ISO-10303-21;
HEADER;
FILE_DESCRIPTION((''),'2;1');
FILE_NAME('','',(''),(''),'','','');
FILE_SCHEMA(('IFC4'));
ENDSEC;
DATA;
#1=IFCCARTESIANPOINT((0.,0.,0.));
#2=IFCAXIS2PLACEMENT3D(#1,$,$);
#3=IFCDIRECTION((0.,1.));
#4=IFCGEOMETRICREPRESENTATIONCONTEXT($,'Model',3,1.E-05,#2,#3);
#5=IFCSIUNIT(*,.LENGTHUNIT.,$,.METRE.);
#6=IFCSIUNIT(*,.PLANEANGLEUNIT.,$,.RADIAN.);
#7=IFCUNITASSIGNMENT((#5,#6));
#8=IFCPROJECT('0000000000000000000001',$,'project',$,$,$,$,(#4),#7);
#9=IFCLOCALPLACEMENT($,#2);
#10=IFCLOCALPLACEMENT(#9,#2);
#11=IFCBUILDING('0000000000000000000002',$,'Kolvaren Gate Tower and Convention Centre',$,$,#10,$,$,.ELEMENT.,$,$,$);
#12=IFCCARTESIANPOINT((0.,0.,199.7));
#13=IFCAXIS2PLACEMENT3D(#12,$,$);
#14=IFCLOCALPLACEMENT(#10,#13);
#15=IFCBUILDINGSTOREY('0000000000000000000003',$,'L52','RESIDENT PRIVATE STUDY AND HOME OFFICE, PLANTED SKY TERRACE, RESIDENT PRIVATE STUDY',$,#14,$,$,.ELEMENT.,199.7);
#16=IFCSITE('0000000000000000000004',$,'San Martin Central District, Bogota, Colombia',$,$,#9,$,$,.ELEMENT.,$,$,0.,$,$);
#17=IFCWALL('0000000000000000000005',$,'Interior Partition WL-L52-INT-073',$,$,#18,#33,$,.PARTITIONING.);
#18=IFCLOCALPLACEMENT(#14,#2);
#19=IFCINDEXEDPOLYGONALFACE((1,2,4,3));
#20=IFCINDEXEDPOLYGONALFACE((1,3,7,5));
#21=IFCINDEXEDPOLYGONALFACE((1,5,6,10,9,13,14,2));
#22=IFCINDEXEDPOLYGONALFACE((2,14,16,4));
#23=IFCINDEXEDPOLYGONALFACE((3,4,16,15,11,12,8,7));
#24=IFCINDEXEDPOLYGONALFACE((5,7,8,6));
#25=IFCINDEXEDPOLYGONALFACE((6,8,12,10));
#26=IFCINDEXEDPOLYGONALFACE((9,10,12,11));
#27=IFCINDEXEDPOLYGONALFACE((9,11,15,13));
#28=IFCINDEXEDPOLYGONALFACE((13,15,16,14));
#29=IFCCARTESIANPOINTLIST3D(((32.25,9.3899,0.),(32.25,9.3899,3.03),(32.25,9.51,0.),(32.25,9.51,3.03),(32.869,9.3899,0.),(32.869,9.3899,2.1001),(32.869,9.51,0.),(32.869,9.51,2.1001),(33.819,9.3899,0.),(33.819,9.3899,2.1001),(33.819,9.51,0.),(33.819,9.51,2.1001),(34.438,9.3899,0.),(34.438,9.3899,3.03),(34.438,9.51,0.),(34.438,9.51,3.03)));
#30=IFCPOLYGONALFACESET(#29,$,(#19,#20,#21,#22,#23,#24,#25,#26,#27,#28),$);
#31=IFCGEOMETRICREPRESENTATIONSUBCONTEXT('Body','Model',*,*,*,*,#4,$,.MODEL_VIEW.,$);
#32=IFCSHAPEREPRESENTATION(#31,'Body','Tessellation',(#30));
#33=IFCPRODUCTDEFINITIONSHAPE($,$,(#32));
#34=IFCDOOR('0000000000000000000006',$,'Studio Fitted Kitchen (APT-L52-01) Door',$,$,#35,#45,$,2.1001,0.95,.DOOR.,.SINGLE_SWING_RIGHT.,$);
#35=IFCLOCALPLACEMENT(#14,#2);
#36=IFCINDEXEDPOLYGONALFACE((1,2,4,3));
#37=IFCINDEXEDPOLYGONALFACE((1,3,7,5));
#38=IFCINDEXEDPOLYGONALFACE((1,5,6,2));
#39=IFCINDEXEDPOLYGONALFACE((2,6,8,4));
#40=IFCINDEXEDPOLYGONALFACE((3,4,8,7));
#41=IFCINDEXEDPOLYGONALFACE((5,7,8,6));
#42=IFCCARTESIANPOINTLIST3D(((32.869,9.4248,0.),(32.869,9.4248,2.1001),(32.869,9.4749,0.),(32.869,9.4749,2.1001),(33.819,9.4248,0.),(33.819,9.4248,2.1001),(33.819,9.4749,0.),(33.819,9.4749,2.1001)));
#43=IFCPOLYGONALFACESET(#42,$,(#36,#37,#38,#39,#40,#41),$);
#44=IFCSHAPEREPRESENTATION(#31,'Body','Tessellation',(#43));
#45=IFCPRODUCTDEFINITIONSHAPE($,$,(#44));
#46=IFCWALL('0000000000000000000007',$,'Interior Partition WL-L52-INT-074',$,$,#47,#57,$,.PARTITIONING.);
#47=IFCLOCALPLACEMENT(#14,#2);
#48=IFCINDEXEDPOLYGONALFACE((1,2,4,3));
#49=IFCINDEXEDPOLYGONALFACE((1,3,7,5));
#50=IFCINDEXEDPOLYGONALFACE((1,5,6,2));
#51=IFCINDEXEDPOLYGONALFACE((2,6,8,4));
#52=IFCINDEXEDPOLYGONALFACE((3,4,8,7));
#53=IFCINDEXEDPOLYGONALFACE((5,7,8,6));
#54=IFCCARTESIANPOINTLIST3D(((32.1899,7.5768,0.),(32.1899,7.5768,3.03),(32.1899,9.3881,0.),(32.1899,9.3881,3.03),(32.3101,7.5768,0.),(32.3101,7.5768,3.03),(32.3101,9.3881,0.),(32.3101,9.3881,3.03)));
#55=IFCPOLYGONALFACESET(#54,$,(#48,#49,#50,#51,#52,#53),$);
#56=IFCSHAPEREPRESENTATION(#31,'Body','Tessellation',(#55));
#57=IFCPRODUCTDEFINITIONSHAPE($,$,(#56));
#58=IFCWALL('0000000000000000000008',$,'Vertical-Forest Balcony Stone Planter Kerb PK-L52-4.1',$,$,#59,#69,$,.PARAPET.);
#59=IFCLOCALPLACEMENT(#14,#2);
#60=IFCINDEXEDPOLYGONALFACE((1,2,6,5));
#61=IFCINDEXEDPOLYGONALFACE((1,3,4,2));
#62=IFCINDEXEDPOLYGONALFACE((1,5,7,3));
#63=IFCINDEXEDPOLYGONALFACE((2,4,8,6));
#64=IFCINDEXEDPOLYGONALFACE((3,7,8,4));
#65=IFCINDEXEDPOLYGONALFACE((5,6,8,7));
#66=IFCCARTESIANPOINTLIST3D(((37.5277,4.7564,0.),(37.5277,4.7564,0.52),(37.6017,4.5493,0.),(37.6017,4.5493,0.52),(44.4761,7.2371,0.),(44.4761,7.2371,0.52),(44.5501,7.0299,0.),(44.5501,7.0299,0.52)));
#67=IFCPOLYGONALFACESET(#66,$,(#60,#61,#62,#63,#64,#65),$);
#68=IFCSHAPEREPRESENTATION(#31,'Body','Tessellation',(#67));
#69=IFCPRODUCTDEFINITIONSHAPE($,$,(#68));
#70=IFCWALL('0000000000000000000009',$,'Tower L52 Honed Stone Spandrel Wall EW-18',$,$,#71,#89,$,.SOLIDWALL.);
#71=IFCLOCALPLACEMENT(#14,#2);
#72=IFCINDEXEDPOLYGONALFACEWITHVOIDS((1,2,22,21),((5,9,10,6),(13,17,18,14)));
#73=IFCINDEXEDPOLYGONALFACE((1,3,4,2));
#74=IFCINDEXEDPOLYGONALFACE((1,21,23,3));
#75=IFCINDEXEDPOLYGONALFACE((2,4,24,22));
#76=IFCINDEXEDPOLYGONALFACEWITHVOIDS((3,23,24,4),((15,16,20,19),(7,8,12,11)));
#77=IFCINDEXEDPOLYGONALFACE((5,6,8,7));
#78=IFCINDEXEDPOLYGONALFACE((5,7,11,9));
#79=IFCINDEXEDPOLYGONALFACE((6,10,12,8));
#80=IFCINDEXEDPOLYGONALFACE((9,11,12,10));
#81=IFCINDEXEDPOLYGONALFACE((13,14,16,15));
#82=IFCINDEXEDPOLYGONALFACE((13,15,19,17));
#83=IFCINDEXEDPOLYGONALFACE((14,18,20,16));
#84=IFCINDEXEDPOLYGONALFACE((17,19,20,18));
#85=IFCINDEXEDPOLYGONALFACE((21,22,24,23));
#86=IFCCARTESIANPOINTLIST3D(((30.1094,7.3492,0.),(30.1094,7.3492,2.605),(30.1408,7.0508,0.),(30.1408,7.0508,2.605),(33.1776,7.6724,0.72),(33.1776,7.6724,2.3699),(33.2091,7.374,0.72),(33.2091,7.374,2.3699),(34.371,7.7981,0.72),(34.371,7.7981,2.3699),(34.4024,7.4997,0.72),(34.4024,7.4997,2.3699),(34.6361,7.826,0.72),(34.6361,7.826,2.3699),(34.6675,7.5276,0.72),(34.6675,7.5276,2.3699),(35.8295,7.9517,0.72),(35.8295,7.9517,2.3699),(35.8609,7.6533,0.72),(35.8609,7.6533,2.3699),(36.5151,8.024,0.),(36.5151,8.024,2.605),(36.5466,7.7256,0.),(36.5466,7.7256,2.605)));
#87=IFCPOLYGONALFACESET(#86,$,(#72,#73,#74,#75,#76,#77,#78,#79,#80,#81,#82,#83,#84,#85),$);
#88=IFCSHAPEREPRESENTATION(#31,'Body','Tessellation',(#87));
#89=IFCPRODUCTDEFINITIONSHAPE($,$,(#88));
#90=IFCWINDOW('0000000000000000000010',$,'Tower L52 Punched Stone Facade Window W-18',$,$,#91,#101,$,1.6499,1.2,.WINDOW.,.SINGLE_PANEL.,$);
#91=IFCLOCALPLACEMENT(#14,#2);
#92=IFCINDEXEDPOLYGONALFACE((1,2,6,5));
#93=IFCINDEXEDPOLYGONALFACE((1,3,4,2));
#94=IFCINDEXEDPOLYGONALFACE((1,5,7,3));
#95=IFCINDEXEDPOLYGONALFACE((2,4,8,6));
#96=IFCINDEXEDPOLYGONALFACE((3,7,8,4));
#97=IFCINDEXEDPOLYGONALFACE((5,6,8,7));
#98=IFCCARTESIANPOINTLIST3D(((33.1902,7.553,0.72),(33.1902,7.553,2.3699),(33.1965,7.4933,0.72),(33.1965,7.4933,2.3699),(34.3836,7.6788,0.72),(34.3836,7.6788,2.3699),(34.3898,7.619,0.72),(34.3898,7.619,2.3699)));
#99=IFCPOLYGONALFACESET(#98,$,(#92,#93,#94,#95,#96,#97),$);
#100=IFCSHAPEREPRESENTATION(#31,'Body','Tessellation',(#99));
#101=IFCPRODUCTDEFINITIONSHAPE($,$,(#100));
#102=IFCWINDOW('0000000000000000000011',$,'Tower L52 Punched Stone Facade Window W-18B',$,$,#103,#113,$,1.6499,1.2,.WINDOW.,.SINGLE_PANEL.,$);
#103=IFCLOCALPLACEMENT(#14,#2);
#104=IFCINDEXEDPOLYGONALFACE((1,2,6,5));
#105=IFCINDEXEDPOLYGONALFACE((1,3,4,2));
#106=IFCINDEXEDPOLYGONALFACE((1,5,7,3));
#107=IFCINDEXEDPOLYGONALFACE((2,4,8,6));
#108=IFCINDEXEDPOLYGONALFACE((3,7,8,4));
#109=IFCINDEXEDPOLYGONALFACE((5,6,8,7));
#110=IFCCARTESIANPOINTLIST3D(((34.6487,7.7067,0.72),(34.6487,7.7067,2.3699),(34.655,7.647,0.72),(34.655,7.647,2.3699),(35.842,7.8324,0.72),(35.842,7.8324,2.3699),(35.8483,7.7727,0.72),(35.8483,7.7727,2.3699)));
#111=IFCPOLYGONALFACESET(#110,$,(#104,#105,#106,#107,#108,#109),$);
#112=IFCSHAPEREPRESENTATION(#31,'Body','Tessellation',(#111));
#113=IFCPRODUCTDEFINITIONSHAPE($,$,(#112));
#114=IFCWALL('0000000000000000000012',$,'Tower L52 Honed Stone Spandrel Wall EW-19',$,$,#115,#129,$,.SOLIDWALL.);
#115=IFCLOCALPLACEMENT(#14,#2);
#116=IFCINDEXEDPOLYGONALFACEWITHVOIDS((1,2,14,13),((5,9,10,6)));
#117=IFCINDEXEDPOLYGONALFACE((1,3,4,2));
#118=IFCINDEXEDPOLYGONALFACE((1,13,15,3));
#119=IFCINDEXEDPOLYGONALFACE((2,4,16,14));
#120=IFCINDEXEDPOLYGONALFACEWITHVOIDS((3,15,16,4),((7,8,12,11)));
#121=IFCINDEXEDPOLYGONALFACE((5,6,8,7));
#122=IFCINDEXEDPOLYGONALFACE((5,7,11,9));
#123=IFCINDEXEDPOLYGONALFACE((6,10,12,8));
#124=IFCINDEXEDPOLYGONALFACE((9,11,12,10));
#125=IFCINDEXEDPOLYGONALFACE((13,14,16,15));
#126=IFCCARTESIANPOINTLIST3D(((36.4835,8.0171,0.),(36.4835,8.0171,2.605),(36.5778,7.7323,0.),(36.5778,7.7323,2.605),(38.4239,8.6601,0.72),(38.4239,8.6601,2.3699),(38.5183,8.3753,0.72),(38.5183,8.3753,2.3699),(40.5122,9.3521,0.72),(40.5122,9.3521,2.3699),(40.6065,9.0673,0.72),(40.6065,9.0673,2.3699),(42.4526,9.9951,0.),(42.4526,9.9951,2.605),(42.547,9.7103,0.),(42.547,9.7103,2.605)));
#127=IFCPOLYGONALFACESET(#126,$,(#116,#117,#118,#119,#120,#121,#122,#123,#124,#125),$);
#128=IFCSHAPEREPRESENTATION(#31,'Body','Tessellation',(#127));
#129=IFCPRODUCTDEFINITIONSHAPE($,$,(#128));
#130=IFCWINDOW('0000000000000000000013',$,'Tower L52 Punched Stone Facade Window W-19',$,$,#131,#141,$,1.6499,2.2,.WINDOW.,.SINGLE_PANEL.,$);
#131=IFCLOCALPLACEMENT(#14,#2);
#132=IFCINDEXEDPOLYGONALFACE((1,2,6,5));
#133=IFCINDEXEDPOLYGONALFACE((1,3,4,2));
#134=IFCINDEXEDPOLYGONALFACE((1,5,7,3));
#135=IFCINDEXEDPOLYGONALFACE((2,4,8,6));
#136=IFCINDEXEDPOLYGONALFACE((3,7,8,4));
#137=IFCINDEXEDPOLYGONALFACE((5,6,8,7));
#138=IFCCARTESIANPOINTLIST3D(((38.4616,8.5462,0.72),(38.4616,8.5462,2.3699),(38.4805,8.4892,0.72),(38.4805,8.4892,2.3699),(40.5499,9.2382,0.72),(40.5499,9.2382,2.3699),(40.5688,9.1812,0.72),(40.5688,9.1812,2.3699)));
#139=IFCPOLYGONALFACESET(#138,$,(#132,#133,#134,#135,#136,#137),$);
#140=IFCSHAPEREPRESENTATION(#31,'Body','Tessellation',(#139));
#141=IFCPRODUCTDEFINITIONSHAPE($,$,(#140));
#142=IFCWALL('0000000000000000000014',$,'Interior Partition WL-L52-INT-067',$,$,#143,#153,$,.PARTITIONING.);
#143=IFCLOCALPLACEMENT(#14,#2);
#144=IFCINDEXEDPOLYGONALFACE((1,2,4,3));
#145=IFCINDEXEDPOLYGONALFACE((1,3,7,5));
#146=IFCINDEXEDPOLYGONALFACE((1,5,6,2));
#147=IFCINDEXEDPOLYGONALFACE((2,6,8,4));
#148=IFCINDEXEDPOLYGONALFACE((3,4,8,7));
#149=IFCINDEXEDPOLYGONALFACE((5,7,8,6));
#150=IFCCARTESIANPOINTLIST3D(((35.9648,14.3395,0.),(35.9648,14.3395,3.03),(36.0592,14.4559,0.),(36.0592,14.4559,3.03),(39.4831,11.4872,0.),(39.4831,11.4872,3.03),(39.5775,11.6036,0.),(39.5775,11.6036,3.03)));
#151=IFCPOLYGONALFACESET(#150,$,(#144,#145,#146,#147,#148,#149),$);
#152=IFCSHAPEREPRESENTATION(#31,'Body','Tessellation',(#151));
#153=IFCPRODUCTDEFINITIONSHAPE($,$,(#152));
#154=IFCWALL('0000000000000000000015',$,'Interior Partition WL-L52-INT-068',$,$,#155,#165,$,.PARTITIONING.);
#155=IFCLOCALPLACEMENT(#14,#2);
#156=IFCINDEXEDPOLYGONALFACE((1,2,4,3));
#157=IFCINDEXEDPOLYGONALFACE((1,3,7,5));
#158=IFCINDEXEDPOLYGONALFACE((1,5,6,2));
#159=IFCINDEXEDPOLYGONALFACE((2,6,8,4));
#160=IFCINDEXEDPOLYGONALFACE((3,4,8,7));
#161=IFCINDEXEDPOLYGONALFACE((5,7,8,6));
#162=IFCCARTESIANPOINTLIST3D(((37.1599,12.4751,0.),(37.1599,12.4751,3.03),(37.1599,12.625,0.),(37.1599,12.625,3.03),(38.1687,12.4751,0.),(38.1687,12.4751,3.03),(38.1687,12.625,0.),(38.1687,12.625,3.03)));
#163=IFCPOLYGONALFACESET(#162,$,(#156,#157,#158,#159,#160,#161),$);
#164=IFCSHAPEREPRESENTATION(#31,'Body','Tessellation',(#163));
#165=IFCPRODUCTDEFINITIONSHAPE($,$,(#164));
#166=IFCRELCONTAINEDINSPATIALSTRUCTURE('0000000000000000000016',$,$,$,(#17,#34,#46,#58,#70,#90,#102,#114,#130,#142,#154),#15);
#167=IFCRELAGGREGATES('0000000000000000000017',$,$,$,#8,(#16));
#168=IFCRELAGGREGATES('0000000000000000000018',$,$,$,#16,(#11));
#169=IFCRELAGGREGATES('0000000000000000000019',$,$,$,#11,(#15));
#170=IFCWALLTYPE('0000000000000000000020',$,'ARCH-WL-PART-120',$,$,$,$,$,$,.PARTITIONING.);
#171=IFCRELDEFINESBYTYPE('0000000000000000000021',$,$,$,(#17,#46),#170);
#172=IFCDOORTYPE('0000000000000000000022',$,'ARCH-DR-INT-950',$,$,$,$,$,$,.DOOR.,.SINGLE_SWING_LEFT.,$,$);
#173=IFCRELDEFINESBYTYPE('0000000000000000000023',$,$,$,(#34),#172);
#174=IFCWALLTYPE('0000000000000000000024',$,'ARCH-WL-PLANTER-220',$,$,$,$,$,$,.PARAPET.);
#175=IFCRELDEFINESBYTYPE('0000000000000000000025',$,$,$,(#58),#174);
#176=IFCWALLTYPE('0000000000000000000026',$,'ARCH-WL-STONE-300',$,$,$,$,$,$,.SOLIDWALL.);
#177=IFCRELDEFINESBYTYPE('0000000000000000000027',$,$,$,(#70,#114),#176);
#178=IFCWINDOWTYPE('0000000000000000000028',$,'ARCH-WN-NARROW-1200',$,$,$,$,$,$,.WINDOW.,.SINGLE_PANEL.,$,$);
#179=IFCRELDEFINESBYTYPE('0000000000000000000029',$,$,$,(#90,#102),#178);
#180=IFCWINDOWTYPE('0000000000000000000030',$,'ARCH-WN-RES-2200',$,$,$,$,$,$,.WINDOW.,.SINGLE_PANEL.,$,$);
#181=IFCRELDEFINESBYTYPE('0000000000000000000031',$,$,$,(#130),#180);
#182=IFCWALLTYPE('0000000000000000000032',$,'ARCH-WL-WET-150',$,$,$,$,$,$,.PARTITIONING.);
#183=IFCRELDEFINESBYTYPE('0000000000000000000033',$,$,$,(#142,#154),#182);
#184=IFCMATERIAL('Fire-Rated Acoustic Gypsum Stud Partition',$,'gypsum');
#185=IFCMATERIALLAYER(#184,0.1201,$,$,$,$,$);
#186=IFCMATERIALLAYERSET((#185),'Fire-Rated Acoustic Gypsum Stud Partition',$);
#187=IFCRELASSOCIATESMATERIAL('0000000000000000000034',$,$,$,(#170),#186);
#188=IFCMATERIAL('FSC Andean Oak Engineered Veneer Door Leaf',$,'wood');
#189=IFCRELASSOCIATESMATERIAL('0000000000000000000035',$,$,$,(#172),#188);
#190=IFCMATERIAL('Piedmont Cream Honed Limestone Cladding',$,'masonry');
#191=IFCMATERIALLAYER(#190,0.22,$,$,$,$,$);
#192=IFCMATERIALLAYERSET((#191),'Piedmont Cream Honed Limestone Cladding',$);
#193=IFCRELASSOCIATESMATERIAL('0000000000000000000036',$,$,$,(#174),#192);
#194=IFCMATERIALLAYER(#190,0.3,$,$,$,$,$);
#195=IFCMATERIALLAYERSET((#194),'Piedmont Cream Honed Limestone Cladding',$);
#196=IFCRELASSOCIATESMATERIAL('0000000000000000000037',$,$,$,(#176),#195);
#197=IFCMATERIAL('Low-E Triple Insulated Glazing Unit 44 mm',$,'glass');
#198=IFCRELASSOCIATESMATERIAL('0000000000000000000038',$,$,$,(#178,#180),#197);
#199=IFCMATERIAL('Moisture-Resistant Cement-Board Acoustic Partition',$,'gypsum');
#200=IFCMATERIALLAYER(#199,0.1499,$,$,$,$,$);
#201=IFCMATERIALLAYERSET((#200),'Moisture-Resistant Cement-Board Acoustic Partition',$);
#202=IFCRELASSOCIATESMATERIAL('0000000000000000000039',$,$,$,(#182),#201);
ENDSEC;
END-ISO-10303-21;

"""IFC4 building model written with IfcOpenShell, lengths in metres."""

from ifc_helpers import new_model, si_unit, direction, frame, frame_2d, origin, place, context, subcontext, project, spatial, rectangle, extrude, material, layer, layer_set, type_object, element, fill, save


model = new_model("IFC4")

# Units and contexts
model_context = context("Model", 3, precision=1e-05, world=origin(), true_north=direction((0.0, 1.0)))
body_context = subcontext(model_context, "Body", "Model", "MODEL_VIEW")
ifc_project = project(units=[si_unit("LENGTHUNIT", "METRE"), si_unit("PLANEANGLEUNIT", "RADIAN")], contexts=[model_context])

# Site, building, storey
site_placement = place(None, origin())
site = spatial("IfcSite", under=ifc_project, at=site_placement, Name="San Martin Central District, Bogota, Colombia", CompositionType="ELEMENT", RefElevation=0.0)
building_placement = place(site_placement, origin())
building = spatial("IfcBuilding", under=site, at=building_placement, Name="Kolvaren Gate Tower and Convention Centre", CompositionType="ELEMENT")
storey_placement = place(building_placement, frame((0.0, 0.0, 199.7)))
storey = spatial("IfcBuildingStorey", under=building, at=storey_placement, Name="L52", Description="RESIDENT PRIVATE STUDY AND HOME OFFICE, PLANTED SKY TERRACE, RESIDENT PRIVATE STUDY", CompositionType="ELEMENT", Elevation=199.7)

# Shared definitions
ifc_material_1 = material(Name="Fire-Rated Acoustic Gypsum Stud Partition", Category="gypsum")
ifc_layer_1 = layer(ifc_material_1, 0.1201)
ifc_layer_set_1 = layer_set([ifc_layer_1], Name="Fire-Rated Acoustic Gypsum Stud Partition")
wall_type_1 = type_object("IfcWallType", Name="ARCH-WL-PART-120", PredefinedType="PARTITIONING", material=ifc_layer_set_1)

# Wall, opening, door
wall_1_placement = place(storey_placement, frame((32.25, 9.45, 0.0), z_axis=(0.0, 0.0, 1.0), x_axis=(1.0, 0.0, 0.0)))
wall_1 = element("IfcWall", 1, at=wall_1_placement, inside=storey, type_object=wall_type_1, Name="Interior Partition WL-L52-INT-073", PredefinedType="PARTITIONING", context=body_context, shape_type="SweptSolid", body=[
    extrude(rectangle(XDim=2.188, YDim=0.1201, at=frame_2d((1.094, 0.0))), origin(), (0.0, 0.0, 1.0), 3.03),
])
opening_1_placement = place(wall_1_placement, frame((0.6189, 0.0, 0.0)))
opening_1 = element("IfcOpeningElement", 2, at=opening_1_placement, cuts=wall_1, PredefinedType="OPENING", context=body_context, shape_type="SweptSolid", body=[
    extrude(rectangle(XDim=0.95, YDim=2.1001, at=frame_2d((0.4751, 1.05))), frame((0.0, 0.0701, 0.0), z_axis=(0.0, -1.0, 0.0), x_axis=(1.0, 0.0, 0.0)), (0.0, 0.0, 1.0), 0.1401),
])
ifc_material_2 = material(Name="FSC Andean Oak Engineered Veneer Door Leaf", Category="wood")
door_type_1 = type_object("IfcDoorType", Name="ARCH-DR-INT-950", OperationType="SINGLE_SWING_LEFT", PredefinedType="DOOR", material=ifc_material_2)
door_1_placement = place(opening_1_placement, origin())
door_1 = element("IfcDoor", 3, at=door_1_placement, inside=storey, type_object=door_type_1, Name="Studio Fitted Kitchen (APT-L52-01) Door", OperationType="SINGLE_SWING_RIGHT", OverallHeight=2.1001, OverallWidth=0.95, PredefinedType="DOOR", context=body_context, shape_type="SweptSolid", body=[
    extrude(rectangle(XDim=0.95, YDim=2.1001, at=frame_2d((0.4751, 1.05))), frame((0.0, 0.0249, 0.0), z_axis=(0.0, -1.0, 0.0), x_axis=(1.0, 0.0, 0.0)), (0.0, 0.0, 1.0), 0.05),
])
fill(opening_1, door_1)

# Walls
wall_2_placement = place(storey_placement, frame((32.25, 7.5767, 0.0), z_axis=(0.0, 0.0, 1.0), x_axis=(0.0, 1.0, 0.0)))
element("IfcWall", 4, at=wall_2_placement, inside=storey, type_object=wall_type_1, Name="Interior Partition WL-L52-INT-074", PredefinedType="PARTITIONING", context=body_context, shape_type="SweptSolid", body=[
    extrude(rectangle(XDim=1.8113, YDim=0.1201, at=frame_2d((0.9058, 0.0))), origin(), (0.0, 0.0, 1.0), 3.03),
])
ifc_material_3 = material(Name="Piedmont Cream Honed Limestone Cladding", Category="masonry")
ifc_layer_2 = layer(ifc_material_3, 0.22)
ifc_layer_set_2 = layer_set([ifc_layer_2], Name="Piedmont Cream Honed Limestone Cladding")
wall_type_2 = type_object("IfcWallType", Name="ARCH-WL-PLANTER-220", PredefinedType="PARAPET", material=ifc_layer_set_2)
wall_3_placement = place(storey_placement, frame((37.5647, 4.6528, 0.0), z_axis=(0.0, 0.0, 1.0), x_axis=(0.94178, 0.336229, 0.0)))
element("IfcWall", 5, at=wall_3_placement, inside=storey, type_object=wall_type_2, Name="Vertical-Forest Balcony Stone Planter Kerb PK-L52-4.1", PredefinedType="PARAPET", context=body_context, shape_type="SweptSolid", body=[
    extrude(rectangle(XDim=7.3779, YDim=0.22, at=frame_2d((3.689, 0.0))), origin(), (0.0, 0.0, 1.0), 0.52),
])

# Wall, openings, windows
ifc_layer_3 = layer(ifc_material_3, 0.3)
ifc_layer_set_3 = layer_set([ifc_layer_3], Name="Piedmont Cream Honed Limestone Cladding")
wall_type_3 = type_object("IfcWallType", Name="ARCH-WL-STONE-300", PredefinedType="SOLIDWALL", material=ifc_layer_set_3)
wall_4_placement = place(storey_placement, frame((30.125, 7.2, 0.0), z_axis=(0.0, 0.0, 1.0), x_axis=(0.994497, 0.104764, 0.0)))
wall_4 = element("IfcWall", 6, at=wall_4_placement, inside=storey, type_object=wall_type_3, Name="Tower L52 Honed Stone Spandrel Wall EW-18", PredefinedType="SOLIDWALL", context=body_context, shape_type="SweptSolid", body=[
    extrude(rectangle(XDim=6.4412, YDim=0.3, at=frame_2d((3.2207, 0.0))), origin(), (0.0, 0.0, 1.0), 2.605),
])
opening_2_placement = place(wall_4_placement, frame((3.0852, 0.0, 0.72)))
opening_2 = element("IfcOpeningElement", 7, at=opening_2_placement, cuts=wall_4, PredefinedType="OPENING", context=body_context, shape_type="SweptSolid", body=[
    extrude(rectangle(XDim=1.2, YDim=1.6499, at=frame_2d((0.6001, 0.825))), frame((0.0, 0.1599, 0.0), z_axis=(0.0, -1.0, 0.0), x_axis=(1.0, 0.0, 0.0)), (0.0, 0.0, 1.0), 0.3201),
])
opening_3_placement = place(wall_4_placement, frame((4.5518, 0.0, 0.72)))
opening_3 = element("IfcOpeningElement", 8, at=opening_3_placement, cuts=wall_4, PredefinedType="OPENING", context=body_context, shape_type="SweptSolid", body=[
    extrude(rectangle(XDim=1.2, YDim=1.6499, at=frame_2d((0.6001, 0.825))), frame((0.0, 0.1599, 0.0), z_axis=(0.0, -1.0, 0.0), x_axis=(1.0, 0.0, 0.0)), (0.0, 0.0, 1.0), 0.3201),
])
ifc_material_4 = material(Name="Low-E Triple Insulated Glazing Unit 44 mm", Category="glass")
window_type_1 = type_object("IfcWindowType", Name="ARCH-WN-NARROW-1200", PartitioningType="SINGLE_PANEL", PredefinedType="WINDOW", material=ifc_material_4)
window_1_placement = place(opening_2_placement, origin())
window_1 = element("IfcWindow", 9, at=window_1_placement, inside=storey, type_object=window_type_1, Name="Tower L52 Punched Stone Facade Window W-18", OverallHeight=1.6499, OverallWidth=1.2, PartitioningType="SINGLE_PANEL", PredefinedType="WINDOW", context=body_context, shape_type="SweptSolid", body=[
    extrude(rectangle(XDim=1.2, YDim=1.6499, at=frame_2d((0.6001, 0.825))), frame((0.0, 0.03, 0.0), z_axis=(0.0, -1.0, 0.0), x_axis=(1.0, 0.0, 0.0)), (0.0, 0.0, 1.0), 0.0601),
])
fill(opening_2, window_1)
window_2_placement = place(opening_3_placement, origin())
window_2 = element("IfcWindow", 10, at=window_2_placement, inside=storey, type_object=window_type_1, Name="Tower L52 Punched Stone Facade Window W-18B", OverallHeight=1.6499, OverallWidth=1.2, PartitioningType="SINGLE_PANEL", PredefinedType="WINDOW", context=body_context, shape_type="SweptSolid", body=[
    extrude(rectangle(XDim=1.2, YDim=1.6499, at=frame_2d((0.6001, 0.825))), frame((0.0, 0.03, 0.0), z_axis=(0.0, -1.0, 0.0), x_axis=(1.0, 0.0, 0.0)), (0.0, 0.0, 1.0), 0.0601),
])
fill(opening_3, window_2)

# Wall, opening, window
wall_5_placement = place(storey_placement, frame((36.5308, 7.8748, 0.0), z_axis=(0.0, 0.0, 1.0), x_axis=(0.949241, 0.31455, 0.0)))
wall_5 = element("IfcWall", 11, at=wall_5_placement, inside=storey, type_object=wall_type_3, Name="Tower L52 Honed Stone Spandrel Wall EW-19", PredefinedType="SOLIDWALL", context=body_context, shape_type="SweptSolid", body=[
    extrude(rectangle(XDim=6.2883, YDim=0.3, at=frame_2d((3.144, 0.0))), origin(), (0.0, 0.0, 1.0), 2.605),
])
opening_4_placement = place(wall_5_placement, frame((2.0439, 0.0, 0.72)))
opening_4 = element("IfcOpeningElement", 12, at=opening_4_placement, cuts=wall_5, PredefinedType="OPENING", context=body_context, shape_type="SweptSolid", body=[
    extrude(rectangle(XDim=2.2, YDim=1.6499, at=frame_2d((1.1001, 0.825))), frame((0.0, 0.1599, 0.0), z_axis=(0.0, -1.0, 0.0), x_axis=(1.0, 0.0, 0.0)), (0.0, 0.0, 1.0), 0.3201),
])
window_type_2 = type_object("IfcWindowType", Name="ARCH-WN-RES-2200", PartitioningType="SINGLE_PANEL", PredefinedType="WINDOW", material=ifc_material_4)
window_3_placement = place(opening_4_placement, origin())
window_3 = element("IfcWindow", 13, at=window_3_placement, inside=storey, type_object=window_type_2, Name="Tower L52 Punched Stone Facade Window W-19", OverallHeight=1.6499, OverallWidth=2.2, PartitioningType="SINGLE_PANEL", PredefinedType="WINDOW", context=body_context, shape_type="SweptSolid", body=[
    extrude(rectangle(XDim=2.2, YDim=1.6499, at=frame_2d((1.1001, 0.825))), frame((0.0, 0.03, 0.0), z_axis=(0.0, -1.0, 0.0), x_axis=(1.0, 0.0, 0.0)), (0.0, 0.0, 1.0), 0.0601),
])
fill(opening_4, window_3)

# Walls
ifc_material_5 = material(Name="Moisture-Resistant Cement-Board Acoustic Partition", Category="gypsum")
ifc_layer_4 = layer(ifc_material_5, 0.1499)
ifc_layer_set_4 = layer_set([ifc_layer_4], Name="Moisture-Resistant Cement-Board Acoustic Partition")
wall_type_4 = type_object("IfcWallType", Name="ARCH-WL-WET-150", PredefinedType="PARTITIONING", material=ifc_layer_set_4)
wall_6_placement = place(storey_placement, frame((36.012, 14.3977, 0.0), z_axis=(0.0, 0.0, 1.0), x_axis=(0.776798, -0.62975, 0.0)))
element("IfcWall", 14, at=wall_6_placement, inside=storey, type_object=wall_type_4, Name="Interior Partition WL-L52-INT-067", PredefinedType="PARTITIONING", context=body_context, shape_type="SweptSolid", body=[
    extrude(rectangle(XDim=4.5293, YDim=0.1499, at=frame_2d((2.2646, 0.0))), origin(), (0.0, 0.0, 1.0), 3.03),
])
wall_7_placement = place(storey_placement, frame((37.1599, 12.55, 0.0), z_axis=(0.0, 0.0, 1.0), x_axis=(1.0, 0.0, 0.0)))
element("IfcWall", 15, at=wall_7_placement, inside=storey, type_object=wall_type_4, Name="Interior Partition WL-L52-INT-068", PredefinedType="PARTITIONING", context=body_context, shape_type="SweptSolid", body=[
    extrude(rectangle(XDim=1.0088, YDim=0.1499, at=frame_2d((0.5044, 0.0))), origin(), (0.0, 0.0, 1.0), 3.03),
])

save(model, "model.ifc")
